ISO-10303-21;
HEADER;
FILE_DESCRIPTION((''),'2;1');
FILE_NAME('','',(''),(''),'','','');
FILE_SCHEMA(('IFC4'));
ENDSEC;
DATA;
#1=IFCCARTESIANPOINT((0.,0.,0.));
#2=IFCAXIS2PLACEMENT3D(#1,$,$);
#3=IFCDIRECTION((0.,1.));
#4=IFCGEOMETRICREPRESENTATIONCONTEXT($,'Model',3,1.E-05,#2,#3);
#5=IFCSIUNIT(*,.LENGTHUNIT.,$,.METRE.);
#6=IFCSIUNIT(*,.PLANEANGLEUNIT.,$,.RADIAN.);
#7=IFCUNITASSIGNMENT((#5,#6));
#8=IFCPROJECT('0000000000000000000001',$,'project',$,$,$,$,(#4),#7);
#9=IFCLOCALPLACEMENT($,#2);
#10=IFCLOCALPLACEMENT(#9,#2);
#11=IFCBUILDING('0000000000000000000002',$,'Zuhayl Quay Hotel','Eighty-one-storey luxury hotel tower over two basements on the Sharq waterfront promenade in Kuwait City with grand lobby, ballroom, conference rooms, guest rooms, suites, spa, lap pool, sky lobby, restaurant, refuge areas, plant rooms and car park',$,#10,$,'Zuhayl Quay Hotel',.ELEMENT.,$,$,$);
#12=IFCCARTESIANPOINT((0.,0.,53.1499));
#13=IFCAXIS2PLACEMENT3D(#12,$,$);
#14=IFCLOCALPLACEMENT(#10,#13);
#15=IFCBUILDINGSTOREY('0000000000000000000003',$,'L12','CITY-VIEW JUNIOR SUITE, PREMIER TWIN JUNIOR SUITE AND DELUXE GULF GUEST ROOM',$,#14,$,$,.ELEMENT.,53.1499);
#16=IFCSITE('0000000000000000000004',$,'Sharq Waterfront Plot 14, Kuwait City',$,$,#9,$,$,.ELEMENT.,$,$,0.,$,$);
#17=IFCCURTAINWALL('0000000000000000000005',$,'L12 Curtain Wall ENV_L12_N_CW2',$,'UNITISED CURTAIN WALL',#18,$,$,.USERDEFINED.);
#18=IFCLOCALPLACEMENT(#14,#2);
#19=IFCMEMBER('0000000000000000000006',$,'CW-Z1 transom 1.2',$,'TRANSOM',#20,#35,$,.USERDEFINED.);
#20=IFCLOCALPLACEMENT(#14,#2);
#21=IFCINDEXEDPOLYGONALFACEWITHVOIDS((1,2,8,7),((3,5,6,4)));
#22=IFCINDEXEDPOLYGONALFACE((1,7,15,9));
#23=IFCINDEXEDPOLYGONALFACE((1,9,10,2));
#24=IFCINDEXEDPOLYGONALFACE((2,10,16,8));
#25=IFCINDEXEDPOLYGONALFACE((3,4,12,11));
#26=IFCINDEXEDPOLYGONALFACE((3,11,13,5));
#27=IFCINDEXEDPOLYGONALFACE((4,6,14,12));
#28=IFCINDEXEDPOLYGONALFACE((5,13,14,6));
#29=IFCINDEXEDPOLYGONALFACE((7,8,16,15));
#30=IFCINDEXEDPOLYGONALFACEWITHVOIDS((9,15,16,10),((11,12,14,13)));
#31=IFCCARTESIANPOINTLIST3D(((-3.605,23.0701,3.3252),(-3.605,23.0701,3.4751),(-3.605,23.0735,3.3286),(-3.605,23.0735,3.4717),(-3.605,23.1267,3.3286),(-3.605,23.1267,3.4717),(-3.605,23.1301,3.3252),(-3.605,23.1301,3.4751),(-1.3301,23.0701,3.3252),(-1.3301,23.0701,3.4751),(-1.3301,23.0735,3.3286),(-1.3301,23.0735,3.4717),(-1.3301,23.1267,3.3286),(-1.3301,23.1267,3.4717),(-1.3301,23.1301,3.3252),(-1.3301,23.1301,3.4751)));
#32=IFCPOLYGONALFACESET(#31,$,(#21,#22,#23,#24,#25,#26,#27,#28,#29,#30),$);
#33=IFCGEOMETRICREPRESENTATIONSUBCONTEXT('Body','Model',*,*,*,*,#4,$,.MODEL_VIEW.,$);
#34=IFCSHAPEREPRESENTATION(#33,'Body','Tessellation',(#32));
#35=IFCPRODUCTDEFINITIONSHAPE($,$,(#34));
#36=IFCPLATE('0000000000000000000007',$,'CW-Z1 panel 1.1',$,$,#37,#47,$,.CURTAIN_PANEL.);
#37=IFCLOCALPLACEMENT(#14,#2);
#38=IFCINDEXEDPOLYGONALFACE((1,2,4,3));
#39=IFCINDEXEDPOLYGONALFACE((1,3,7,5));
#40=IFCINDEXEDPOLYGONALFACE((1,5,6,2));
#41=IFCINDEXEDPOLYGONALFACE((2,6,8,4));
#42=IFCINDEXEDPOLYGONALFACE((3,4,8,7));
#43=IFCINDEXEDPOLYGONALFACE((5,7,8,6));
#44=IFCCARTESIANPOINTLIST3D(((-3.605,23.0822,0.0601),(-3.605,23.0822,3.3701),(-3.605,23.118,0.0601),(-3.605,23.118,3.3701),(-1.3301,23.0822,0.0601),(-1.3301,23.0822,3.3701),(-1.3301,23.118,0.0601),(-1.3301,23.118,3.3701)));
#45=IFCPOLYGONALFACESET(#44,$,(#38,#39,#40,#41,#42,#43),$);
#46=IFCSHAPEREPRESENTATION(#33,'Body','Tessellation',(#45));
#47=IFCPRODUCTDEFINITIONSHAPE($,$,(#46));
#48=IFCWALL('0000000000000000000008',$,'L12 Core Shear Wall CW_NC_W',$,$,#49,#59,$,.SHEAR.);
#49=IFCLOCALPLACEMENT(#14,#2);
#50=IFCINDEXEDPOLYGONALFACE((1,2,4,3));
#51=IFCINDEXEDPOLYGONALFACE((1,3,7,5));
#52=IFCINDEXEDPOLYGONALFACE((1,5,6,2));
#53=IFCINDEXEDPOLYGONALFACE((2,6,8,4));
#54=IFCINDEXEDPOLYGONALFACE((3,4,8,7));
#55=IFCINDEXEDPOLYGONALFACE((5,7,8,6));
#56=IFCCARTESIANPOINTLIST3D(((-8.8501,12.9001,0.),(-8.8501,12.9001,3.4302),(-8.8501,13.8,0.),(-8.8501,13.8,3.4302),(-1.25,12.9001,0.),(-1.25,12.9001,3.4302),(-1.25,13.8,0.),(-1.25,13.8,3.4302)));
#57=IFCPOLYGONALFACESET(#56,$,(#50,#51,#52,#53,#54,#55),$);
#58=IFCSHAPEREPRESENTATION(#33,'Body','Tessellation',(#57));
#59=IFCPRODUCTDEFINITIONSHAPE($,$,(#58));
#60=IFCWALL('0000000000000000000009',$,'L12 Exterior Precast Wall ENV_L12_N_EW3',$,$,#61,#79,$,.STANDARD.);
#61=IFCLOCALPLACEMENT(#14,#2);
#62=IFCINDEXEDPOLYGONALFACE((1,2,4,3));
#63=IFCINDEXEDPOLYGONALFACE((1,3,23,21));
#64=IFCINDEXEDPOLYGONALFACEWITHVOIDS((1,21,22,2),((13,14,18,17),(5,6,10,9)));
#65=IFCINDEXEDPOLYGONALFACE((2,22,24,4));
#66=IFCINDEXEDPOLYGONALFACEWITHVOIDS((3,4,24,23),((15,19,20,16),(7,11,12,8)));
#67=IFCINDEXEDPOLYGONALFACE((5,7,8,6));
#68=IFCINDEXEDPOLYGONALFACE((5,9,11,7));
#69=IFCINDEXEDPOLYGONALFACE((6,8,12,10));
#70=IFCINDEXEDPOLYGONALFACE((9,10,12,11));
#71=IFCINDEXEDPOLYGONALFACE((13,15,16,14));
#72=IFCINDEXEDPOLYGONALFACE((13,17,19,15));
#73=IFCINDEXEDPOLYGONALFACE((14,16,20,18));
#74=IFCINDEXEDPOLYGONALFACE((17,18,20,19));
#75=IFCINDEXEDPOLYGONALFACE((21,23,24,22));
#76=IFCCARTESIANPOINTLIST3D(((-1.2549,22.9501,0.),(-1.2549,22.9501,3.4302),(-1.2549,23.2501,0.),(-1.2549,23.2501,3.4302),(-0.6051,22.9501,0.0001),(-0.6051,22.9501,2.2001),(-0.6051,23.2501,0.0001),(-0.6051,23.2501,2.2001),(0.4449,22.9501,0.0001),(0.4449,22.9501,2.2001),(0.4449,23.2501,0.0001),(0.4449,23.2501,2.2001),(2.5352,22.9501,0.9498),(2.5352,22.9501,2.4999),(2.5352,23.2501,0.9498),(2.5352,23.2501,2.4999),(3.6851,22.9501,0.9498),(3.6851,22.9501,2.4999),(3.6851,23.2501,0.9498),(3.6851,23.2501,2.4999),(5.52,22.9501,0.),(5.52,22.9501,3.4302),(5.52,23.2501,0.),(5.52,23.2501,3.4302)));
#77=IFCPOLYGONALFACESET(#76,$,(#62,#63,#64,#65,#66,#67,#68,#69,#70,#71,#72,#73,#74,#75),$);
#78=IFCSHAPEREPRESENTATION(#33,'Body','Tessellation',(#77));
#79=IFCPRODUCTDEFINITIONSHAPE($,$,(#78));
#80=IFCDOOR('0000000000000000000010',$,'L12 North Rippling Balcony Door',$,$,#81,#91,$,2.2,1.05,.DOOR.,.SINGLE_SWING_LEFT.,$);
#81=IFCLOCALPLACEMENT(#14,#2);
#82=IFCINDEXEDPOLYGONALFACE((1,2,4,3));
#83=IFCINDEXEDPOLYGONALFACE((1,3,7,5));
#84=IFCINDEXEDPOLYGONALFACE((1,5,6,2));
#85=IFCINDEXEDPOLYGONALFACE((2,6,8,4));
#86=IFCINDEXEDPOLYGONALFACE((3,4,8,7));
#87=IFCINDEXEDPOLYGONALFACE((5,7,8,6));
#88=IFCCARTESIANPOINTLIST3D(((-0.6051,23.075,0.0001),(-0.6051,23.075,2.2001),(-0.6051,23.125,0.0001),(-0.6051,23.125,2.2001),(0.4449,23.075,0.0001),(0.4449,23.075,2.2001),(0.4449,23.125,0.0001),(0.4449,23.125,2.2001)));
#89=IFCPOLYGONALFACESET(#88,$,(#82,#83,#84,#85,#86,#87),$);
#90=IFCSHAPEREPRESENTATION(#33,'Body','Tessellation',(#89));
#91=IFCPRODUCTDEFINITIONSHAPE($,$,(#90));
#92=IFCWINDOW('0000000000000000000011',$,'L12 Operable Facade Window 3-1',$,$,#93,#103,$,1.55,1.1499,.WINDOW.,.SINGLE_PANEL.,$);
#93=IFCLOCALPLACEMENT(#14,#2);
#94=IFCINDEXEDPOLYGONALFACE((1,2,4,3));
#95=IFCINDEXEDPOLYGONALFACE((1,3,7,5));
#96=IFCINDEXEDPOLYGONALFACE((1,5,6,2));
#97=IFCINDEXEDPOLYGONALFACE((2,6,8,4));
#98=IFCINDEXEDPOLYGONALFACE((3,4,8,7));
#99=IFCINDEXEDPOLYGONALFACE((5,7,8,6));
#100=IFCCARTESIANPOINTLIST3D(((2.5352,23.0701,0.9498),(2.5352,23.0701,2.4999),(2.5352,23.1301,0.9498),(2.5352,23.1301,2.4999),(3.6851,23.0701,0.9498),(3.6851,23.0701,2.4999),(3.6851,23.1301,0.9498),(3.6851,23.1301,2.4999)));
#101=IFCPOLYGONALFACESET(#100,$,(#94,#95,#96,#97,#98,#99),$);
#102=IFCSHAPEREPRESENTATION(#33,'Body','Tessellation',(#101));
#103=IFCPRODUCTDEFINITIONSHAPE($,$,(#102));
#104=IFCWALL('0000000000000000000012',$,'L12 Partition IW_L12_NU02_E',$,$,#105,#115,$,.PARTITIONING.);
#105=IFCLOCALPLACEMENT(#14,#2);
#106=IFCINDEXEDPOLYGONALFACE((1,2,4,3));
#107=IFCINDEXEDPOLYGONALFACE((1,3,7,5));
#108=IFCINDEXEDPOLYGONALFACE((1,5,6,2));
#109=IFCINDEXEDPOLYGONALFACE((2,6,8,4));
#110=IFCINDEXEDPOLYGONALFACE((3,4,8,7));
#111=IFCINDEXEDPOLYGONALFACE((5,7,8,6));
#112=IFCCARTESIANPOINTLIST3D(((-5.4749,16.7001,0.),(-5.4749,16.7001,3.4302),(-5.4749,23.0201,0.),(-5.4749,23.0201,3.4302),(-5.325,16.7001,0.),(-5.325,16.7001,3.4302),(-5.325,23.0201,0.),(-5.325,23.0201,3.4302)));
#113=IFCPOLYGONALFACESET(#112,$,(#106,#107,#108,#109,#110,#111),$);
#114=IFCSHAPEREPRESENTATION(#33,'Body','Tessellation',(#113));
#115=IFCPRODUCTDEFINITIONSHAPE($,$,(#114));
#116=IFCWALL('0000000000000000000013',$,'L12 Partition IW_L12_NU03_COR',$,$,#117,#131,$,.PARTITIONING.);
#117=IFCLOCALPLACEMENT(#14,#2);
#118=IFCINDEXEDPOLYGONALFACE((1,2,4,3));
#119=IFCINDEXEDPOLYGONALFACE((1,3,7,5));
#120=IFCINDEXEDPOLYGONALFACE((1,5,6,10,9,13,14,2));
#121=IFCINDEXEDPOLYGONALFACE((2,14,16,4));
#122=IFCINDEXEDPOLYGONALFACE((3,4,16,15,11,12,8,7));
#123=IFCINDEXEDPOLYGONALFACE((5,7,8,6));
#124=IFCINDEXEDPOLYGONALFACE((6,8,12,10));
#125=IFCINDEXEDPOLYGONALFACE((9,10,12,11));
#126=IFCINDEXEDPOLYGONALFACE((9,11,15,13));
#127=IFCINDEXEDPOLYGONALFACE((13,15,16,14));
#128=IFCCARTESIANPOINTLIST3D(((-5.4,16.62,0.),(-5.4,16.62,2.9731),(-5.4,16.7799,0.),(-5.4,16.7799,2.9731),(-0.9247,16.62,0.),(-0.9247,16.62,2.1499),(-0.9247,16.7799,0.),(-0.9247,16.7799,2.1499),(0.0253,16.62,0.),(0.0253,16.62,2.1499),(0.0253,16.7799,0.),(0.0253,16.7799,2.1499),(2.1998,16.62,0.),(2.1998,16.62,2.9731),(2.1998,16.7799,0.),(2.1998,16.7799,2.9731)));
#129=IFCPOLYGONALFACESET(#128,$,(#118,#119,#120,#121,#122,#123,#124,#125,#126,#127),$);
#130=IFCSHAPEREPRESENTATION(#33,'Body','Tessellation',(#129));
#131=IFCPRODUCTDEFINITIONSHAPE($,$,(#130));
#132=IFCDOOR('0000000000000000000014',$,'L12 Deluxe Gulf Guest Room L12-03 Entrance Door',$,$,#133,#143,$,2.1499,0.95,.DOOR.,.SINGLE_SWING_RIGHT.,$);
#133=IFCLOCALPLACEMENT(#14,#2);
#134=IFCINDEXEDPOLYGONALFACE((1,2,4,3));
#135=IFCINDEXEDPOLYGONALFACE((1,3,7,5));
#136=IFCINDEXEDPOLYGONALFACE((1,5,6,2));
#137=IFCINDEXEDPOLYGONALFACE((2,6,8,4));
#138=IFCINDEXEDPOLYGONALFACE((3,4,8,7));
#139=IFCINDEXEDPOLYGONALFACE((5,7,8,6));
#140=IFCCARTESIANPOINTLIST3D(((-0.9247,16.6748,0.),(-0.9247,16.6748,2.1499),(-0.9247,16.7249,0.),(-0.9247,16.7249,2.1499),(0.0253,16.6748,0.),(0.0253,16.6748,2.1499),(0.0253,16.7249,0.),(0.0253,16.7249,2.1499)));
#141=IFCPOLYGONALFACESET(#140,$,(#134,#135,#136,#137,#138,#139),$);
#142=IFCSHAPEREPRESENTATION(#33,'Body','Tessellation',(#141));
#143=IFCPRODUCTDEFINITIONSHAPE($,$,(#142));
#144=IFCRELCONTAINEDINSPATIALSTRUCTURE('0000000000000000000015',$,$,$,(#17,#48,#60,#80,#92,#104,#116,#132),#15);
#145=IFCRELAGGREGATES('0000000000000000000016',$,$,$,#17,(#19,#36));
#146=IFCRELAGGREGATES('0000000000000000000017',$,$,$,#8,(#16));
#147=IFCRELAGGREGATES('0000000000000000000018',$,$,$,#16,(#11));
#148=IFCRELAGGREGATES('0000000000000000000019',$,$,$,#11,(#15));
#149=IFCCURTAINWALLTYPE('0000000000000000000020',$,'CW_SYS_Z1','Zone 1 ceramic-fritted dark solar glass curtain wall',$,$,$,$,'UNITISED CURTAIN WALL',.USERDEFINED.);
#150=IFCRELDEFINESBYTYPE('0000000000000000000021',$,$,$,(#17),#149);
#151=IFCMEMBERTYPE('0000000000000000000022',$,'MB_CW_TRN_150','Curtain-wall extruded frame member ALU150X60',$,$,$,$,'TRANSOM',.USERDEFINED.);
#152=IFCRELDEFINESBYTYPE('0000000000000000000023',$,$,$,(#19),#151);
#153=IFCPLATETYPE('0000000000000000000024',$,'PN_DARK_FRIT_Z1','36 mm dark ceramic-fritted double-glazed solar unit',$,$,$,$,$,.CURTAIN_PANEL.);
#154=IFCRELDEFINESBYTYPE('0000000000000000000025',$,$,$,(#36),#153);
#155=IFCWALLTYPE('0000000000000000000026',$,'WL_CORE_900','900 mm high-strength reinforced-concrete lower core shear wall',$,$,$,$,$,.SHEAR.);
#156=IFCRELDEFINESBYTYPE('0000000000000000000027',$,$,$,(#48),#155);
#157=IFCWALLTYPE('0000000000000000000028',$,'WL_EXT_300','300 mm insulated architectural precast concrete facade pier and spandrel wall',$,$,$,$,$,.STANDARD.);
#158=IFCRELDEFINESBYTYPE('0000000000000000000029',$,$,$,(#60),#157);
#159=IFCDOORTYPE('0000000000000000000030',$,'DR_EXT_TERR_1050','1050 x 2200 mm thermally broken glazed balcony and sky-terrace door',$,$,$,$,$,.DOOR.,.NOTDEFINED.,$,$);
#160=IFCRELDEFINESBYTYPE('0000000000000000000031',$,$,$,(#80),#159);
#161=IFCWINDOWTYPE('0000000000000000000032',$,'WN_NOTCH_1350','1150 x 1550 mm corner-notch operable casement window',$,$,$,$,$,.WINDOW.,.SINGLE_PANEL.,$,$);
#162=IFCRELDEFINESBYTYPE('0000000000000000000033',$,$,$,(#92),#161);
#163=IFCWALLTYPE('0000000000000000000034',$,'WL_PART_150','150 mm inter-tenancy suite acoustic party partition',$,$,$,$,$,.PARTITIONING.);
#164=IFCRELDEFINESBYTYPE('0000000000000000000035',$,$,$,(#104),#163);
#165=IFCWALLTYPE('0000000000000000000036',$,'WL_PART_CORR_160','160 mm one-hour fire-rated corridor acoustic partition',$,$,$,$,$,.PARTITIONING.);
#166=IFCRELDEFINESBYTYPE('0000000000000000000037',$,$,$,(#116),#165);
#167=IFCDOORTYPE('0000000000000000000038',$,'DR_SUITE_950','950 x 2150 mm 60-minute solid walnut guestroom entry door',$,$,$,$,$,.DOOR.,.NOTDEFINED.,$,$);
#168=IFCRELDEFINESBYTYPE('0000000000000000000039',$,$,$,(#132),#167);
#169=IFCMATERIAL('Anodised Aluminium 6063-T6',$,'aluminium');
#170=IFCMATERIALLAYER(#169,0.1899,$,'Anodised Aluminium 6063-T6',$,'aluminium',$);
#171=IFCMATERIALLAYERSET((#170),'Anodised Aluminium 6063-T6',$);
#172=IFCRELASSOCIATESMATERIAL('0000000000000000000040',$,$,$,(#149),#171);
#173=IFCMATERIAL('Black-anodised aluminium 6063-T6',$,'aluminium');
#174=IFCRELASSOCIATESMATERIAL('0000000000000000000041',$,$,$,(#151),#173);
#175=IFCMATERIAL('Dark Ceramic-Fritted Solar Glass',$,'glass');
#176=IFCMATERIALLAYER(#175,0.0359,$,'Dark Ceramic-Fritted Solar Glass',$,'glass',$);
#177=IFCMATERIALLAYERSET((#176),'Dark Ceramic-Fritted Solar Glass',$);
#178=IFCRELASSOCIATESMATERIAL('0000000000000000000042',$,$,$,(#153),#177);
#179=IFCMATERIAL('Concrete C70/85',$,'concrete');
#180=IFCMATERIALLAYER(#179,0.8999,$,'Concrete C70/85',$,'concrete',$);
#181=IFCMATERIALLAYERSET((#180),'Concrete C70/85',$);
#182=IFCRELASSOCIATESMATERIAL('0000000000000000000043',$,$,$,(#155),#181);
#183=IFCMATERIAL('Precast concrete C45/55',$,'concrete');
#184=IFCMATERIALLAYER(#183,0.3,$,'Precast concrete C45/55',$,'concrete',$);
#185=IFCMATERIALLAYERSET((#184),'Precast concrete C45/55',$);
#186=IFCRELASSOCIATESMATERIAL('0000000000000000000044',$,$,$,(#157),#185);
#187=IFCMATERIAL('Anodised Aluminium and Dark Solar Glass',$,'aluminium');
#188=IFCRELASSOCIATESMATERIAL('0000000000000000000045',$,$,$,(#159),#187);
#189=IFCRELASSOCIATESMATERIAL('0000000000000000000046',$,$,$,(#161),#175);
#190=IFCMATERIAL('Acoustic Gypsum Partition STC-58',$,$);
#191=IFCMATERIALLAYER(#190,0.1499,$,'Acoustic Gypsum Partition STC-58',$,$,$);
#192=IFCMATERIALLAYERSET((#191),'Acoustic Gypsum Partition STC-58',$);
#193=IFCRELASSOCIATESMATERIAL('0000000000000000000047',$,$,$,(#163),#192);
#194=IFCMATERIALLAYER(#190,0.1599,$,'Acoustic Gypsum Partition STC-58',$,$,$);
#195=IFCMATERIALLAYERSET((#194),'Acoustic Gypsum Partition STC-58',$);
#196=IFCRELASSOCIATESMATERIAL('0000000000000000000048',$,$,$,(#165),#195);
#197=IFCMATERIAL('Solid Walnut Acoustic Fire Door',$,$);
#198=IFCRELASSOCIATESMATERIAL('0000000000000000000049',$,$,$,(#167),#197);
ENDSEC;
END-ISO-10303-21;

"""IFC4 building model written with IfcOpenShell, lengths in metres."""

from ifc_helpers import new_model, si_unit, direction, frame, frame_2d, origin, origin_2d, place, context, subcontext, project, spatial, rectangle, hollow_rectangle, extrude, material, layer, layer_set, material_profile, profile_set, type_object, element, fill, aggregate, save


model = new_model("IFC4")

# Units and contexts
model_context = context("Model", 3, precision=1e-05, world=origin(), true_north=direction((0.0, 1.0)))
body_context = subcontext(model_context, "Body", "Model", "MODEL_VIEW")
ifc_project = project(units=[si_unit("LENGTHUNIT", "METRE"), si_unit("PLANEANGLEUNIT", "RADIAN")], contexts=[model_context])

# Site, building, storey
site_placement = place(None, origin())
site = spatial("IfcSite", under=ifc_project, at=site_placement, Name="Sharq Waterfront Plot 14, Kuwait City", CompositionType="ELEMENT", RefElevation=0.0)
building_placement = place(site_placement, origin())
building = spatial("IfcBuilding", under=site, at=building_placement, Name="Zuhayl Quay Hotel", Description="Eighty-one-storey luxury hotel tower over two basements on the Sharq waterfront promenade in Kuwait City with grand lobby, ballroom, conference rooms, guest rooms, suites, spa, lap pool, sky lobby, restaurant, refuge areas, plant rooms and car park", LongName="Zuhayl Quay Hotel", CompositionType="ELEMENT")
storey_placement = place(building_placement, frame((0.0, 0.0, 53.1499)))
storey = spatial("IfcBuildingStorey", under=building, at=storey_placement, Name="L12", Description="CITY-VIEW JUNIOR SUITE, PREMIER TWIN JUNIOR SUITE AND DELUXE GULF GUEST ROOM", CompositionType="ELEMENT", Elevation=53.1499)

# Shared definitions
ifc_material_1 = material(Name="Concrete C70/85", Category="concrete")

# Curtain wall, member, plate
ifc_material_2 = material(Name="Anodised Aluminium 6063-T6", Category="aluminium")
ifc_layer_1 = layer(ifc_material_2, 0.1899, Name="Anodised Aluminium 6063-T6", Category="aluminium")
ifc_layer_set_1 = layer_set([ifc_layer_1], Name="Anodised Aluminium 6063-T6")
curtain_wall_type = type_object("IfcCurtainWallType", Name="CW_SYS_Z1", Description="Zone 1 ceramic-fritted dark solar glass curtain wall", ElementType="UNITISED CURTAIN WALL", PredefinedType="USERDEFINED", material=ifc_layer_set_1)
curtain_wall_placement = place(storey_placement, origin())
curtain_wall = element("IfcCurtainWall", 1, at=curtain_wall_placement, inside=storey, type_object=curtain_wall_type, Name="L12 Curtain Wall ENV_L12_N_CW2", ObjectType="UNITISED CURTAIN WALL", PredefinedType="USERDEFINED")
ifc_material_3 = material(Name="Black-anodised aluminium 6063-T6", Category="aluminium")
ifc_material_profile_1 = material_profile(ifc_material_3, hollow_rectangle(XDim=0.0601, YDim=0.1499, WallThickness=0.0034, at=origin_2d()), Name="ALU150X60")
ifc_profile_set_1 = profile_set([ifc_material_profile_1], Name="Black-anodised aluminium 6063-T6")
member_type_1 = type_object("IfcMemberType", Name="MB_CW_TRN_150", Description="Curtain-wall extruded frame member ALU150X60", ElementType="TRANSOM", PredefinedType="USERDEFINED", material=ifc_profile_set_1)
member_1_placement = place(storey_placement, frame((-3.605, 23.1001, 3.4001), z_axis=(1.0, 0.0, 0.0), x_axis=(0.0, 1.0, 0.0)))
member_1 = element("IfcMember", 2, at=member_1_placement, type_object=member_type_1, Name="CW-Z1 transom 1.2", ObjectType="TRANSOM", PredefinedType="USERDEFINED", context=body_context, shape_type="SweptSolid", body=[
    extrude(hollow_rectangle(XDim=0.0601, YDim=0.1499, WallThickness=0.0034, at=origin_2d()), origin(), (0.0, 0.0, 1.0), 2.2749),
])
ifc_material_4 = material(Name="Dark Ceramic-Fritted Solar Glass", Category="glass")
ifc_layer_2 = layer(ifc_material_4, 0.0359, Name="Dark Ceramic-Fritted Solar Glass", Category="glass")
ifc_layer_set_2 = layer_set([ifc_layer_2], Name="Dark Ceramic-Fritted Solar Glass")
plate_type = type_object("IfcPlateType", Name="PN_DARK_FRIT_Z1", Description="36 mm dark ceramic-fritted double-glazed solar unit", PredefinedType="CURTAIN_PANEL", material=ifc_layer_set_2)
plate_placement = place(storey_placement, frame((-2.4675, 23.1001, 0.0601), z_axis=(0.0, 0.0, 1.0), x_axis=(1.0, 0.0, 0.0)))
plate = element("IfcPlate", 3, at=plate_placement, type_object=plate_type, Name="CW-Z1 panel 1.1", PredefinedType="CURTAIN_PANEL", context=body_context, shape_type="SweptSolid", body=[
    extrude(rectangle(XDim=2.2749, YDim=0.0359, at=origin_2d()), origin(), (0.0, 0.0, 1.0), 3.3101),
])
aggregate(curtain_wall, [member_1, plate])

# Wall
ifc_layer_3 = layer(ifc_material_1, 0.8999, Name="Concrete C70/85", Category="concrete")
ifc_layer_set_3 = layer_set([ifc_layer_3], Name="Concrete C70/85")
wall_type_1 = type_object("IfcWallType", Name="WL_CORE_900", Description="900 mm high-strength reinforced-concrete lower core shear wall", PredefinedType="SHEAR", material=ifc_layer_set_3)
wall_1_placement = place(storey_placement, frame((-8.8501, 13.3501, 0.0), z_axis=(0.0, 0.0, 1.0), x_axis=(1.0, 0.0, 0.0)))
element("IfcWall", 4, at=wall_1_placement, inside=storey, type_object=wall_type_1, Name="L12 Core Shear Wall CW_NC_W", PredefinedType="SHEAR", context=body_context, shape_type="SweptSolid", body=[
    extrude(rectangle(XDim=7.6001, YDim=0.8999, at=frame_2d((3.8, 0.0))), origin(), (0.0, 0.0, 1.0), 3.4302),
])

# Wall, openings, door, window
ifc_material_5 = material(Name="Precast concrete C45/55", Category="concrete")
ifc_layer_4 = layer(ifc_material_5, 0.3, Name="Precast concrete C45/55", Category="concrete")
ifc_layer_set_4 = layer_set([ifc_layer_4], Name="Precast concrete C45/55")
wall_type_2 = type_object("IfcWallType", Name="WL_EXT_300", Description="300 mm insulated architectural precast concrete facade pier and spandrel wall", PredefinedType="STANDARD", material=ifc_layer_set_4)
wall_2_placement = place(storey_placement, frame((-1.2549, 23.1001, 0.0), z_axis=(0.0, 0.0, 1.0), x_axis=(1.0, 0.0, 0.0)))
wall_2 = element("IfcWall", 5, at=wall_2_placement, inside=storey, type_object=wall_type_2, Name="L12 Exterior Precast Wall ENV_L12_N_EW3", PredefinedType="STANDARD", context=body_context, shape_type="SweptSolid", body=[
    extrude(rectangle(XDim=6.7749, YDim=0.3, at=frame_2d((3.3875, 0.0))), origin(), (0.0, 0.0, 1.0), 3.4302),
])
opening_1_placement = place(wall_2_placement, frame((0.6499, 0.0, 0.0)))
opening_1 = element("IfcOpeningElement", 6, at=opening_1_placement, cuts=wall_2, PredefinedType="OPENING", context=body_context, shape_type="SweptSolid", body=[
    extrude(rectangle(XDim=1.05, YDim=2.2, at=frame_2d((0.5249, 1.1001))), frame((0.0, 0.1599, 0.0), z_axis=(0.0, -1.0, 0.0), x_axis=(1.0, 0.0, 0.0)), (0.0, 0.0, 1.0), 0.3201),
])
opening_2_placement = place(wall_2_placement, frame((3.79, 0.0, 0.95)))
opening_2 = element("IfcOpeningElement", 7, at=opening_2_placement, cuts=wall_2, PredefinedType="OPENING", context=body_context, shape_type="SweptSolid", body=[
    extrude(rectangle(XDim=1.1499, YDim=1.55, at=frame_2d((0.575, 0.7749))), frame((0.0, 0.1599, 0.0), z_axis=(0.0, -1.0, 0.0), x_axis=(1.0, 0.0, 0.0)), (0.0, 0.0, 1.0), 0.3201),
])
ifc_material_6 = material(Name="Anodised Aluminium and Dark Solar Glass", Category="aluminium")
door_type_1 = type_object("IfcDoorType", Name="DR_EXT_TERR_1050", Description="1050 x 2200 mm thermally broken glazed balcony and sky-terrace door", OperationType="NOTDEFINED", PredefinedType="DOOR", material=ifc_material_6)
door_1_placement = place(opening_1_placement, origin())
door_1 = element("IfcDoor", 8, at=door_1_placement, inside=storey, type_object=door_type_1, Name="L12 North Rippling Balcony Door", OperationType="SINGLE_SWING_LEFT", OverallHeight=2.2, OverallWidth=1.05, PredefinedType="DOOR", context=body_context, shape_type="SweptSolid", body=[
    extrude(rectangle(XDim=1.05, YDim=2.2, at=frame_2d((0.5249, 1.1001))), frame((0.0, 0.0249, 0.0), z_axis=(0.0, -1.0, 0.0), x_axis=(1.0, 0.0, 0.0)), (0.0, 0.0, 1.0), 0.05),
])
fill(opening_1, door_1)
window_type = type_object("IfcWindowType", Name="WN_NOTCH_1350", Description="1150 x 1550 mm corner-notch operable casement window", PartitioningType="SINGLE_PANEL", PredefinedType="WINDOW", material=ifc_material_4)
window_placement = place(opening_2_placement, origin())
window = element("IfcWindow", 9, at=window_placement, inside=storey, type_object=window_type, Name="L12 Operable Facade Window 3-1", OverallHeight=1.55, OverallWidth=1.1499, PartitioningType="SINGLE_PANEL", PredefinedType="WINDOW", context=body_context, shape_type="SweptSolid", body=[
    extrude(rectangle(XDim=1.1499, YDim=1.55, at=frame_2d((0.575, 0.7749))), frame((0.0, 0.03, 0.0), z_axis=(0.0, -1.0, 0.0), x_axis=(1.0, 0.0, 0.0)), (0.0, 0.0, 1.0), 0.0601),
])
fill(opening_2, window)

# Wall
ifc_material_7 = material(Name="Acoustic Gypsum Partition STC-58")
ifc_layer_5 = layer(ifc_material_7, 0.1499, Name="Acoustic Gypsum Partition STC-58")
ifc_layer_set_5 = layer_set([ifc_layer_5], Name="Acoustic Gypsum Partition STC-58")
wall_type_3 = type_object("IfcWallType", Name="WL_PART_150", Description="150 mm inter-tenancy suite acoustic party partition", PredefinedType="PARTITIONING", material=ifc_layer_set_5)
wall_3_placement = place(storey_placement, frame((-5.3999, 16.7, 0.0), z_axis=(0.0, 0.0, 1.0), x_axis=(0.0, 1.0, 0.0)))
element("IfcWall", 10, at=wall_3_placement, inside=storey, type_object=wall_type_3, Name="L12 Partition IW_L12_NU02_E", PredefinedType="PARTITIONING", context=body_context, shape_type="SweptSolid", body=[
    extrude(rectangle(XDim=6.3201, YDim=0.1499, at=frame_2d((3.1602, 0.0))), origin(), (0.0, 0.0, 1.0), 3.4302),
])

# Wall, opening, door
ifc_layer_6 = layer(ifc_material_7, 0.1599, Name="Acoustic Gypsum Partition STC-58")
ifc_layer_set_6 = layer_set([ifc_layer_6], Name="Acoustic Gypsum Partition STC-58")
wall_type_4 = type_object("IfcWallType", Name="WL_PART_CORR_160", Description="160 mm one-hour fire-rated corridor acoustic partition", PredefinedType="PARTITIONING", material=ifc_layer_set_6)
wall_4_placement = place(storey_placement, frame((-5.3999, 16.7, 0.0), z_axis=(0.0, 0.0, 1.0), x_axis=(1.0, 0.0, 0.0)))
wall_4 = element("IfcWall", 11, at=wall_4_placement, inside=storey, type_object=wall_type_4, Name="L12 Partition IW_L12_NU03_COR", PredefinedType="PARTITIONING", context=body_context, shape_type="SweptSolid", body=[
    extrude(rectangle(XDim=7.5999, YDim=0.1599, at=frame_2d((3.7998, 0.0))), origin(), (0.0, 0.0, 1.0), 2.9731),
])
opening_3_placement = place(wall_4_placement, frame((4.4751, 0.0, 0.0)))
opening_3 = element("IfcOpeningElement", 12, at=opening_3_placement, cuts=wall_4, PredefinedType="OPENING", context=body_context, shape_type="SweptSolid", body=[
    extrude(rectangle(XDim=0.95, YDim=2.1499, at=frame_2d((0.4751, 1.075))), frame((0.0, 0.0898, 0.0), z_axis=(0.0, -1.0, 0.0), x_axis=(1.0, 0.0, 0.0)), (0.0, 0.0, 1.0), 0.1799),
])
ifc_material_8 = material(Name="Solid Walnut Acoustic Fire Door")
door_type_2 = type_object("IfcDoorType", Name="DR_SUITE_950", Description="950 x 2150 mm 60-minute solid walnut guestroom entry door", OperationType="NOTDEFINED", PredefinedType="DOOR", material=ifc_material_8)
door_2_placement = place(opening_3_placement, origin())
door_2 = element("IfcDoor", 13, at=door_2_placement, inside=storey, type_object=door_type_2, Name="L12 Deluxe Gulf Guest Room L12-03 Entrance Door", OperationType="SINGLE_SWING_RIGHT", OverallHeight=2.1499, OverallWidth=0.95, PredefinedType="DOOR", context=body_context, shape_type="SweptSolid", body=[
    extrude(rectangle(XDim=0.95, YDim=2.1499, at=frame_2d((0.4751, 1.075))), frame((0.0, 0.0249, 0.0), z_axis=(0.0, -1.0, 0.0), x_axis=(1.0, 0.0, 0.0)), (0.0, 0.0, 1.0), 0.05),
])
fill(opening_3, door_2)

save(model, "model.ifc")
